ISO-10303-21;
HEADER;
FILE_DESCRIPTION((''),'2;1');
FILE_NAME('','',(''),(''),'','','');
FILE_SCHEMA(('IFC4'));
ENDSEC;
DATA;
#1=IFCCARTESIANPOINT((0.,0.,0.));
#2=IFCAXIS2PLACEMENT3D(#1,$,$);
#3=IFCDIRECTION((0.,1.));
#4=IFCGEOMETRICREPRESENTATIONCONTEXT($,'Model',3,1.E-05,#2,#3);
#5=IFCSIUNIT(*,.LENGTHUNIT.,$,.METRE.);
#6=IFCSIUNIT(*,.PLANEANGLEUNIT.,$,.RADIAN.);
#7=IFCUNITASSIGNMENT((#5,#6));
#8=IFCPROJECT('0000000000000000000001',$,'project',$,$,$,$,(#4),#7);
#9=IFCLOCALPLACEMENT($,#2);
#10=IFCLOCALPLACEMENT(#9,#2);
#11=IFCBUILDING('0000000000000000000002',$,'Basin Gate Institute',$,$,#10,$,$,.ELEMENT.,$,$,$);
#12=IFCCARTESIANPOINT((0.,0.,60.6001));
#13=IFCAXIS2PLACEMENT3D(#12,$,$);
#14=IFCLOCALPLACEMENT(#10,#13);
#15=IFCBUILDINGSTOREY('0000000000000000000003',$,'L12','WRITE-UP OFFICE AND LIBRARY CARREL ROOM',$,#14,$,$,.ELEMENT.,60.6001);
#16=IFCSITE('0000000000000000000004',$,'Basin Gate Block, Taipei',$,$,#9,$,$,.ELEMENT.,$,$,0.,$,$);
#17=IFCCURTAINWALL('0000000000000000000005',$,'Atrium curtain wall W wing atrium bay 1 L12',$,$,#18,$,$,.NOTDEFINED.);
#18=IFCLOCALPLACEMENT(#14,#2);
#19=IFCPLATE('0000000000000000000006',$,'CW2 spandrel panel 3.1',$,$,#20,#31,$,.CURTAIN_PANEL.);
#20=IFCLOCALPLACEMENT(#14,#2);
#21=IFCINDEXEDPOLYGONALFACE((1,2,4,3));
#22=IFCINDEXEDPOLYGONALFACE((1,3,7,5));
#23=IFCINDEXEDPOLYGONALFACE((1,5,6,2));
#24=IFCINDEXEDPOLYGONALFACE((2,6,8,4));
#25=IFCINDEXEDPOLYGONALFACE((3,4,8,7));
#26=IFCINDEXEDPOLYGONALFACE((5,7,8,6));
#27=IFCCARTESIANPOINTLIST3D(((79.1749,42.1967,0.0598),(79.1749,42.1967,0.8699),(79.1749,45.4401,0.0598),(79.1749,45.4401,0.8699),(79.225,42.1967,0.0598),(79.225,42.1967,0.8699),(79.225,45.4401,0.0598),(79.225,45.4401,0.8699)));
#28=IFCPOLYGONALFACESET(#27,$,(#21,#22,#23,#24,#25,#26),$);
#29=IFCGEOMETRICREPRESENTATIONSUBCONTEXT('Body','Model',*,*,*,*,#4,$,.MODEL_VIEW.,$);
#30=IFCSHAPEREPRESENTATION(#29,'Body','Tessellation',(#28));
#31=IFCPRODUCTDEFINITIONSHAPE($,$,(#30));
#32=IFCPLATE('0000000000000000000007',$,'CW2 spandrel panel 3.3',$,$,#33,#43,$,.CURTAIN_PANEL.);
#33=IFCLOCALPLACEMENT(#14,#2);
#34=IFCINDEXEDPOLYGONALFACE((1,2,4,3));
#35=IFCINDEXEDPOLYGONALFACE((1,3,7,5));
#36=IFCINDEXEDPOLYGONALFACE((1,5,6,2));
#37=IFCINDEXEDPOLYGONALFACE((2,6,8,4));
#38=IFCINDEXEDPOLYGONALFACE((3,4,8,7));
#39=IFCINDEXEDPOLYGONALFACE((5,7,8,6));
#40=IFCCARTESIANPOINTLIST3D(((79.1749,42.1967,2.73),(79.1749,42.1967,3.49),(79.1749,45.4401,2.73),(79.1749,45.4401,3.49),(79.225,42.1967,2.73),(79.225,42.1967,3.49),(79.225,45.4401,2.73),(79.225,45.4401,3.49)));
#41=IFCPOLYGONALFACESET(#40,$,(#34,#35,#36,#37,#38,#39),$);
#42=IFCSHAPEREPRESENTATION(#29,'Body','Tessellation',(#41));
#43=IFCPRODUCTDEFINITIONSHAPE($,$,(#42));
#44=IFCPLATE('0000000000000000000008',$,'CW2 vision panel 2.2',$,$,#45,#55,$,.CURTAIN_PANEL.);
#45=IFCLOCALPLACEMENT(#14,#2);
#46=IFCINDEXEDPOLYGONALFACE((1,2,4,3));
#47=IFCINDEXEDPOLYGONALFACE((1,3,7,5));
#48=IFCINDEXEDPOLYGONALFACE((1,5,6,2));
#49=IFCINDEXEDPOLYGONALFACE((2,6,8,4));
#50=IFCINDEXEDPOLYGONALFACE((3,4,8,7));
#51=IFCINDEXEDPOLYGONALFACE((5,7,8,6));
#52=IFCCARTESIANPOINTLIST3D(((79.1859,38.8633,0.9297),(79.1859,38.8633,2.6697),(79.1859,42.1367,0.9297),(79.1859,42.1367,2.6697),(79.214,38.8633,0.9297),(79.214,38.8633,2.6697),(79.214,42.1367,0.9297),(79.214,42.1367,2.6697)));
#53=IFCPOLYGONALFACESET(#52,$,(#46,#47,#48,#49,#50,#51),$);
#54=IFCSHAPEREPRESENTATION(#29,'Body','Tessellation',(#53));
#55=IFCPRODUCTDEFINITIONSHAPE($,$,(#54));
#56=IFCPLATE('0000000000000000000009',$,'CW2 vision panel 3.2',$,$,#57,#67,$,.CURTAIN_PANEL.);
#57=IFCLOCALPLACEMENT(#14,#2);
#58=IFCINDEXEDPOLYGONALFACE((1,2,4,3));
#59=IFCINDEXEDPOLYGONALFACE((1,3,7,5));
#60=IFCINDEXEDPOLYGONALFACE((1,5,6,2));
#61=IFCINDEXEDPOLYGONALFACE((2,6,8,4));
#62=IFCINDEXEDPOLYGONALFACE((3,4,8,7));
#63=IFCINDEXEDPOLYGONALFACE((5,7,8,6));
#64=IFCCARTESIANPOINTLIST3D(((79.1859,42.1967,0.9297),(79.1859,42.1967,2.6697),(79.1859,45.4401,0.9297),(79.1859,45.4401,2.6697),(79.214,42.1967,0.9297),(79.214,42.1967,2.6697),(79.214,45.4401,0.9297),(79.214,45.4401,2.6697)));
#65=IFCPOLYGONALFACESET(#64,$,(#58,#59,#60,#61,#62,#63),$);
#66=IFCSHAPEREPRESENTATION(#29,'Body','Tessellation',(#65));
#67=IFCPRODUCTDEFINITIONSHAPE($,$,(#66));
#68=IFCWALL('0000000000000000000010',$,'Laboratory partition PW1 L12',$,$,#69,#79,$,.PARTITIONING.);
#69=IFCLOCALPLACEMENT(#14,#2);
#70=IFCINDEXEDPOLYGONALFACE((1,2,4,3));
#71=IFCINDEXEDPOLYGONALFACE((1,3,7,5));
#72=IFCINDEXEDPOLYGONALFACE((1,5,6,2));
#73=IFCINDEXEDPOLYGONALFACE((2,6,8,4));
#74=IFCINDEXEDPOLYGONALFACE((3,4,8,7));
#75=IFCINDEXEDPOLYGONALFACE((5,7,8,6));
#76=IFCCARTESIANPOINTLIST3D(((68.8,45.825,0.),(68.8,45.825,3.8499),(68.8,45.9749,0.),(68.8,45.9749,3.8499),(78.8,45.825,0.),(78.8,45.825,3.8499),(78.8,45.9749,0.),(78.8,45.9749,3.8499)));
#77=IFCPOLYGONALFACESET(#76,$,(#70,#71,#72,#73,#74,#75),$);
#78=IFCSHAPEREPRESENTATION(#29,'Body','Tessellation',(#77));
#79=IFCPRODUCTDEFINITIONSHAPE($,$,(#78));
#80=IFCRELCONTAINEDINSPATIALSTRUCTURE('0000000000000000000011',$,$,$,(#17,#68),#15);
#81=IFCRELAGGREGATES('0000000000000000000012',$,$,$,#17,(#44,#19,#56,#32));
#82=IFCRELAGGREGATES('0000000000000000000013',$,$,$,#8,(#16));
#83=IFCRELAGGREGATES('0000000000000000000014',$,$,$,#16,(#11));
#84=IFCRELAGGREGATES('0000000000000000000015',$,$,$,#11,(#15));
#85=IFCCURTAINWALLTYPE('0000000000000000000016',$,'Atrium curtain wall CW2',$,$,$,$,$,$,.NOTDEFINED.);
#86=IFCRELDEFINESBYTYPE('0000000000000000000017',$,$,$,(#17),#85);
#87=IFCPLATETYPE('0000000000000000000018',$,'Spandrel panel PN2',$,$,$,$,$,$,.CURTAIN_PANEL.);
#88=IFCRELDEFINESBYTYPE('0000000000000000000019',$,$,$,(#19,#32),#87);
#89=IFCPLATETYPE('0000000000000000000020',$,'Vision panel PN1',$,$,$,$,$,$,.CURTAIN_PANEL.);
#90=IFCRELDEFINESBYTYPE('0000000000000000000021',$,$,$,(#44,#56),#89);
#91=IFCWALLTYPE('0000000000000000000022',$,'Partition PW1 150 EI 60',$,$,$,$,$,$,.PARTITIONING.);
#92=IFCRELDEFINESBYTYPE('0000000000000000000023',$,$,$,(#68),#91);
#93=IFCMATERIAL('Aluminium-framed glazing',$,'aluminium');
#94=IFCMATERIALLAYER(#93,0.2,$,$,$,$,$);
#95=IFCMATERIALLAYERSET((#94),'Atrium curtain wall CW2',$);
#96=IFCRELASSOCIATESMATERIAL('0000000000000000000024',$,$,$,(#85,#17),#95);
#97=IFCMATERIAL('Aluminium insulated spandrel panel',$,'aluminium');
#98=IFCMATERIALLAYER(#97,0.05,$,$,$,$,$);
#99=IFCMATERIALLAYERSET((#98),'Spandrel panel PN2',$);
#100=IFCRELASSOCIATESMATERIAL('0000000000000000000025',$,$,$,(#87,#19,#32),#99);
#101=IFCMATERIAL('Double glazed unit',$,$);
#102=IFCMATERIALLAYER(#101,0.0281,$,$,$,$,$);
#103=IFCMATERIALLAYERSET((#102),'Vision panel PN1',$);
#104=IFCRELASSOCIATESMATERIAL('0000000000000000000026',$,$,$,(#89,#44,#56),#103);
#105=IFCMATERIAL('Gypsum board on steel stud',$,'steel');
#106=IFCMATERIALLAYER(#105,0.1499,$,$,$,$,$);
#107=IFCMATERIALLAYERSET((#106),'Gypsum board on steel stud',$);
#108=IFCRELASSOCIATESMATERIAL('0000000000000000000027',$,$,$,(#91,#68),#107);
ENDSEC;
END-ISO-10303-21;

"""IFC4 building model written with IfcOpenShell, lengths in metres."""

from ifc_helpers import new_model, si_unit, direction, frame, frame_2d, origin, origin_2d, place, context, subcontext, project, spatial, rectangle, extrude, material, layer, layer_set, type_object, element, aggregate, save


model = new_model("IFC4")

# Units and contexts
model_context = context("Model", 3, precision=1e-05, world=origin(), true_north=direction((0.0, 1.0)))
body_context = subcontext(model_context, "Body", "Model", "MODEL_VIEW")
ifc_project = project(units=[si_unit("LENGTHUNIT", "METRE"), si_unit("PLANEANGLEUNIT", "RADIAN")], contexts=[model_context])

# Site, building, storey
site_placement = place(None, origin())
site = spatial("IfcSite", under=ifc_project, at=site_placement, Name="Basin Gate Block, Taipei", CompositionType="ELEMENT", RefElevation=0.0)
building_placement = place(site_placement, origin())
building = spatial("IfcBuilding", under=site, at=building_placement, Name="Basin Gate Institute", CompositionType="ELEMENT")
storey_placement = place(building_placement, frame((0.0, 0.0, 60.6001)))
storey = spatial("IfcBuildingStorey", under=building, at=storey_placement, Name="L12", Description="WRITE-UP OFFICE AND LIBRARY CARREL ROOM", CompositionType="ELEMENT", Elevation=60.6001)

# Curtain wall
ifc_material_1 = material(Name="Aluminium-framed glazing", Category="aluminium")
ifc_layer_1 = layer(ifc_material_1, 0.2)
ifc_layer_set_1 = layer_set([ifc_layer_1], Name="Atrium curtain wall CW2")
curtain_wall_type = type_object("IfcCurtainWallType", Name="Atrium curtain wall CW2", PredefinedType="NOTDEFINED", material=ifc_layer_set_1)
curtain_wall_placement = place(storey_placement, origin())
curtain_wall = element("IfcCurtainWall", 1, at=curtain_wall_placement, inside=storey, type_object=curtain_wall_type, material=ifc_layer_set_1, Name="Atrium curtain wall W wing atrium bay 1 L12", PredefinedType="NOTDEFINED")

# Plates
ifc_material_2 = material(Name="Aluminium insulated spandrel panel", Category="aluminium")
ifc_layer_2 = layer(ifc_material_2, 0.05)
ifc_layer_set_2 = layer_set([ifc_layer_2], Name="Spandrel panel PN2")
plate_type_1 = type_object("IfcPlateType", Name="Spandrel panel PN2", PredefinedType="CURTAIN_PANEL", material=ifc_layer_set_2)
plate_1_placement = place(storey_placement, frame((79.2, 43.8184, 0.0598), z_axis=(0.0, 0.0, 1.0), x_axis=(0.0, 1.0, 0.0)))
plate_1 = element("IfcPlate", 2, at=plate_1_placement, type_object=plate_type_1, material=ifc_layer_set_2, Name="CW2 spandrel panel 3.1", PredefinedType="CURTAIN_PANEL", context=body_context, shape_type="SweptSolid", body=[
    extrude(rectangle(XDim=3.2434, YDim=0.05, at=origin_2d()), origin(), (0.0, 0.0, 1.0), 0.8101),
])
plate_2_placement = place(storey_placement, frame((79.2, 43.8184, 2.73), z_axis=(0.0, 0.0, 1.0), x_axis=(0.0, 1.0, 0.0)))
plate_2 = element("IfcPlate", 3, at=plate_2_placement, type_object=plate_type_1, material=ifc_layer_set_2, Name="CW2 spandrel panel 3.3", PredefinedType="CURTAIN_PANEL", context=body_context, shape_type="SweptSolid", body=[
    extrude(rectangle(XDim=3.2434, YDim=0.05, at=origin_2d()), origin(), (0.0, 0.0, 1.0), 0.76),
])
ifc_material_3 = material(Name="Double glazed unit")
ifc_layer_3 = layer(ifc_material_3, 0.0281)
ifc_layer_set_3 = layer_set([ifc_layer_3], Name="Vision panel PN1")
plate_type_2 = type_object("IfcPlateType", Name="Vision panel PN1", PredefinedType="CURTAIN_PANEL", material=ifc_layer_set_3)
plate_3_placement = place(storey_placement, frame((79.2, 40.5, 0.9297), z_axis=(0.0, 0.0, 1.0), x_axis=(0.0, 1.0, 0.0)))
plate_3 = element("IfcPlate", 4, at=plate_3_placement, type_object=plate_type_2, material=ifc_layer_set_3, Name="CW2 vision panel 2.2", PredefinedType="CURTAIN_PANEL", context=body_context, shape_type="SweptSolid", body=[
    extrude(rectangle(XDim=3.2734, YDim=0.0281, at=origin_2d()), origin(), (0.0, 0.0, 1.0), 1.74),
])
plate_4_placement = place(storey_placement, frame((79.2, 43.8184, 0.9297), z_axis=(0.0, 0.0, 1.0), x_axis=(0.0, 1.0, 0.0)))
plate_4 = element("IfcPlate", 5, at=plate_4_placement, type_object=plate_type_2, material=ifc_layer_set_3, Name="CW2 vision panel 3.2", PredefinedType="CURTAIN_PANEL", context=body_context, shape_type="SweptSolid", body=[
    extrude(rectangle(XDim=3.2434, YDim=0.0281, at=origin_2d()), origin(), (0.0, 0.0, 1.0), 1.74),
])
aggregate(curtain_wall, [plate_3, plate_1, plate_4, plate_2])

# Wall
ifc_material_4 = material(Name="Gypsum board on steel stud", Category="steel")
ifc_layer_4 = layer(ifc_material_4, 0.1499)
ifc_layer_set_4 = layer_set([ifc_layer_4], Name="Gypsum board on steel stud")
wall_type = type_object("IfcWallType", Name="Partition PW1 150 EI 60", PredefinedType="PARTITIONING", material=ifc_layer_set_4)
wall_placement = place(storey_placement, frame((68.8, 45.8999, 0.0), z_axis=(0.0, 0.0, 1.0), x_axis=(1.0, 0.0, 0.0)))
element("IfcWall", 6, at=wall_placement, inside=storey, type_object=wall_type, material=ifc_layer_set_4, Name="Laboratory partition PW1 L12", PredefinedType="PARTITIONING", context=body_context, shape_type="SweptSolid", body=[
    extrude(rectangle(XDim=10.0, YDim=0.1499, at=frame_2d((5.0, 0.0))), origin(), (0.0, 0.0, 1.0), 3.8499),
])

save(model, "model.ifc")
